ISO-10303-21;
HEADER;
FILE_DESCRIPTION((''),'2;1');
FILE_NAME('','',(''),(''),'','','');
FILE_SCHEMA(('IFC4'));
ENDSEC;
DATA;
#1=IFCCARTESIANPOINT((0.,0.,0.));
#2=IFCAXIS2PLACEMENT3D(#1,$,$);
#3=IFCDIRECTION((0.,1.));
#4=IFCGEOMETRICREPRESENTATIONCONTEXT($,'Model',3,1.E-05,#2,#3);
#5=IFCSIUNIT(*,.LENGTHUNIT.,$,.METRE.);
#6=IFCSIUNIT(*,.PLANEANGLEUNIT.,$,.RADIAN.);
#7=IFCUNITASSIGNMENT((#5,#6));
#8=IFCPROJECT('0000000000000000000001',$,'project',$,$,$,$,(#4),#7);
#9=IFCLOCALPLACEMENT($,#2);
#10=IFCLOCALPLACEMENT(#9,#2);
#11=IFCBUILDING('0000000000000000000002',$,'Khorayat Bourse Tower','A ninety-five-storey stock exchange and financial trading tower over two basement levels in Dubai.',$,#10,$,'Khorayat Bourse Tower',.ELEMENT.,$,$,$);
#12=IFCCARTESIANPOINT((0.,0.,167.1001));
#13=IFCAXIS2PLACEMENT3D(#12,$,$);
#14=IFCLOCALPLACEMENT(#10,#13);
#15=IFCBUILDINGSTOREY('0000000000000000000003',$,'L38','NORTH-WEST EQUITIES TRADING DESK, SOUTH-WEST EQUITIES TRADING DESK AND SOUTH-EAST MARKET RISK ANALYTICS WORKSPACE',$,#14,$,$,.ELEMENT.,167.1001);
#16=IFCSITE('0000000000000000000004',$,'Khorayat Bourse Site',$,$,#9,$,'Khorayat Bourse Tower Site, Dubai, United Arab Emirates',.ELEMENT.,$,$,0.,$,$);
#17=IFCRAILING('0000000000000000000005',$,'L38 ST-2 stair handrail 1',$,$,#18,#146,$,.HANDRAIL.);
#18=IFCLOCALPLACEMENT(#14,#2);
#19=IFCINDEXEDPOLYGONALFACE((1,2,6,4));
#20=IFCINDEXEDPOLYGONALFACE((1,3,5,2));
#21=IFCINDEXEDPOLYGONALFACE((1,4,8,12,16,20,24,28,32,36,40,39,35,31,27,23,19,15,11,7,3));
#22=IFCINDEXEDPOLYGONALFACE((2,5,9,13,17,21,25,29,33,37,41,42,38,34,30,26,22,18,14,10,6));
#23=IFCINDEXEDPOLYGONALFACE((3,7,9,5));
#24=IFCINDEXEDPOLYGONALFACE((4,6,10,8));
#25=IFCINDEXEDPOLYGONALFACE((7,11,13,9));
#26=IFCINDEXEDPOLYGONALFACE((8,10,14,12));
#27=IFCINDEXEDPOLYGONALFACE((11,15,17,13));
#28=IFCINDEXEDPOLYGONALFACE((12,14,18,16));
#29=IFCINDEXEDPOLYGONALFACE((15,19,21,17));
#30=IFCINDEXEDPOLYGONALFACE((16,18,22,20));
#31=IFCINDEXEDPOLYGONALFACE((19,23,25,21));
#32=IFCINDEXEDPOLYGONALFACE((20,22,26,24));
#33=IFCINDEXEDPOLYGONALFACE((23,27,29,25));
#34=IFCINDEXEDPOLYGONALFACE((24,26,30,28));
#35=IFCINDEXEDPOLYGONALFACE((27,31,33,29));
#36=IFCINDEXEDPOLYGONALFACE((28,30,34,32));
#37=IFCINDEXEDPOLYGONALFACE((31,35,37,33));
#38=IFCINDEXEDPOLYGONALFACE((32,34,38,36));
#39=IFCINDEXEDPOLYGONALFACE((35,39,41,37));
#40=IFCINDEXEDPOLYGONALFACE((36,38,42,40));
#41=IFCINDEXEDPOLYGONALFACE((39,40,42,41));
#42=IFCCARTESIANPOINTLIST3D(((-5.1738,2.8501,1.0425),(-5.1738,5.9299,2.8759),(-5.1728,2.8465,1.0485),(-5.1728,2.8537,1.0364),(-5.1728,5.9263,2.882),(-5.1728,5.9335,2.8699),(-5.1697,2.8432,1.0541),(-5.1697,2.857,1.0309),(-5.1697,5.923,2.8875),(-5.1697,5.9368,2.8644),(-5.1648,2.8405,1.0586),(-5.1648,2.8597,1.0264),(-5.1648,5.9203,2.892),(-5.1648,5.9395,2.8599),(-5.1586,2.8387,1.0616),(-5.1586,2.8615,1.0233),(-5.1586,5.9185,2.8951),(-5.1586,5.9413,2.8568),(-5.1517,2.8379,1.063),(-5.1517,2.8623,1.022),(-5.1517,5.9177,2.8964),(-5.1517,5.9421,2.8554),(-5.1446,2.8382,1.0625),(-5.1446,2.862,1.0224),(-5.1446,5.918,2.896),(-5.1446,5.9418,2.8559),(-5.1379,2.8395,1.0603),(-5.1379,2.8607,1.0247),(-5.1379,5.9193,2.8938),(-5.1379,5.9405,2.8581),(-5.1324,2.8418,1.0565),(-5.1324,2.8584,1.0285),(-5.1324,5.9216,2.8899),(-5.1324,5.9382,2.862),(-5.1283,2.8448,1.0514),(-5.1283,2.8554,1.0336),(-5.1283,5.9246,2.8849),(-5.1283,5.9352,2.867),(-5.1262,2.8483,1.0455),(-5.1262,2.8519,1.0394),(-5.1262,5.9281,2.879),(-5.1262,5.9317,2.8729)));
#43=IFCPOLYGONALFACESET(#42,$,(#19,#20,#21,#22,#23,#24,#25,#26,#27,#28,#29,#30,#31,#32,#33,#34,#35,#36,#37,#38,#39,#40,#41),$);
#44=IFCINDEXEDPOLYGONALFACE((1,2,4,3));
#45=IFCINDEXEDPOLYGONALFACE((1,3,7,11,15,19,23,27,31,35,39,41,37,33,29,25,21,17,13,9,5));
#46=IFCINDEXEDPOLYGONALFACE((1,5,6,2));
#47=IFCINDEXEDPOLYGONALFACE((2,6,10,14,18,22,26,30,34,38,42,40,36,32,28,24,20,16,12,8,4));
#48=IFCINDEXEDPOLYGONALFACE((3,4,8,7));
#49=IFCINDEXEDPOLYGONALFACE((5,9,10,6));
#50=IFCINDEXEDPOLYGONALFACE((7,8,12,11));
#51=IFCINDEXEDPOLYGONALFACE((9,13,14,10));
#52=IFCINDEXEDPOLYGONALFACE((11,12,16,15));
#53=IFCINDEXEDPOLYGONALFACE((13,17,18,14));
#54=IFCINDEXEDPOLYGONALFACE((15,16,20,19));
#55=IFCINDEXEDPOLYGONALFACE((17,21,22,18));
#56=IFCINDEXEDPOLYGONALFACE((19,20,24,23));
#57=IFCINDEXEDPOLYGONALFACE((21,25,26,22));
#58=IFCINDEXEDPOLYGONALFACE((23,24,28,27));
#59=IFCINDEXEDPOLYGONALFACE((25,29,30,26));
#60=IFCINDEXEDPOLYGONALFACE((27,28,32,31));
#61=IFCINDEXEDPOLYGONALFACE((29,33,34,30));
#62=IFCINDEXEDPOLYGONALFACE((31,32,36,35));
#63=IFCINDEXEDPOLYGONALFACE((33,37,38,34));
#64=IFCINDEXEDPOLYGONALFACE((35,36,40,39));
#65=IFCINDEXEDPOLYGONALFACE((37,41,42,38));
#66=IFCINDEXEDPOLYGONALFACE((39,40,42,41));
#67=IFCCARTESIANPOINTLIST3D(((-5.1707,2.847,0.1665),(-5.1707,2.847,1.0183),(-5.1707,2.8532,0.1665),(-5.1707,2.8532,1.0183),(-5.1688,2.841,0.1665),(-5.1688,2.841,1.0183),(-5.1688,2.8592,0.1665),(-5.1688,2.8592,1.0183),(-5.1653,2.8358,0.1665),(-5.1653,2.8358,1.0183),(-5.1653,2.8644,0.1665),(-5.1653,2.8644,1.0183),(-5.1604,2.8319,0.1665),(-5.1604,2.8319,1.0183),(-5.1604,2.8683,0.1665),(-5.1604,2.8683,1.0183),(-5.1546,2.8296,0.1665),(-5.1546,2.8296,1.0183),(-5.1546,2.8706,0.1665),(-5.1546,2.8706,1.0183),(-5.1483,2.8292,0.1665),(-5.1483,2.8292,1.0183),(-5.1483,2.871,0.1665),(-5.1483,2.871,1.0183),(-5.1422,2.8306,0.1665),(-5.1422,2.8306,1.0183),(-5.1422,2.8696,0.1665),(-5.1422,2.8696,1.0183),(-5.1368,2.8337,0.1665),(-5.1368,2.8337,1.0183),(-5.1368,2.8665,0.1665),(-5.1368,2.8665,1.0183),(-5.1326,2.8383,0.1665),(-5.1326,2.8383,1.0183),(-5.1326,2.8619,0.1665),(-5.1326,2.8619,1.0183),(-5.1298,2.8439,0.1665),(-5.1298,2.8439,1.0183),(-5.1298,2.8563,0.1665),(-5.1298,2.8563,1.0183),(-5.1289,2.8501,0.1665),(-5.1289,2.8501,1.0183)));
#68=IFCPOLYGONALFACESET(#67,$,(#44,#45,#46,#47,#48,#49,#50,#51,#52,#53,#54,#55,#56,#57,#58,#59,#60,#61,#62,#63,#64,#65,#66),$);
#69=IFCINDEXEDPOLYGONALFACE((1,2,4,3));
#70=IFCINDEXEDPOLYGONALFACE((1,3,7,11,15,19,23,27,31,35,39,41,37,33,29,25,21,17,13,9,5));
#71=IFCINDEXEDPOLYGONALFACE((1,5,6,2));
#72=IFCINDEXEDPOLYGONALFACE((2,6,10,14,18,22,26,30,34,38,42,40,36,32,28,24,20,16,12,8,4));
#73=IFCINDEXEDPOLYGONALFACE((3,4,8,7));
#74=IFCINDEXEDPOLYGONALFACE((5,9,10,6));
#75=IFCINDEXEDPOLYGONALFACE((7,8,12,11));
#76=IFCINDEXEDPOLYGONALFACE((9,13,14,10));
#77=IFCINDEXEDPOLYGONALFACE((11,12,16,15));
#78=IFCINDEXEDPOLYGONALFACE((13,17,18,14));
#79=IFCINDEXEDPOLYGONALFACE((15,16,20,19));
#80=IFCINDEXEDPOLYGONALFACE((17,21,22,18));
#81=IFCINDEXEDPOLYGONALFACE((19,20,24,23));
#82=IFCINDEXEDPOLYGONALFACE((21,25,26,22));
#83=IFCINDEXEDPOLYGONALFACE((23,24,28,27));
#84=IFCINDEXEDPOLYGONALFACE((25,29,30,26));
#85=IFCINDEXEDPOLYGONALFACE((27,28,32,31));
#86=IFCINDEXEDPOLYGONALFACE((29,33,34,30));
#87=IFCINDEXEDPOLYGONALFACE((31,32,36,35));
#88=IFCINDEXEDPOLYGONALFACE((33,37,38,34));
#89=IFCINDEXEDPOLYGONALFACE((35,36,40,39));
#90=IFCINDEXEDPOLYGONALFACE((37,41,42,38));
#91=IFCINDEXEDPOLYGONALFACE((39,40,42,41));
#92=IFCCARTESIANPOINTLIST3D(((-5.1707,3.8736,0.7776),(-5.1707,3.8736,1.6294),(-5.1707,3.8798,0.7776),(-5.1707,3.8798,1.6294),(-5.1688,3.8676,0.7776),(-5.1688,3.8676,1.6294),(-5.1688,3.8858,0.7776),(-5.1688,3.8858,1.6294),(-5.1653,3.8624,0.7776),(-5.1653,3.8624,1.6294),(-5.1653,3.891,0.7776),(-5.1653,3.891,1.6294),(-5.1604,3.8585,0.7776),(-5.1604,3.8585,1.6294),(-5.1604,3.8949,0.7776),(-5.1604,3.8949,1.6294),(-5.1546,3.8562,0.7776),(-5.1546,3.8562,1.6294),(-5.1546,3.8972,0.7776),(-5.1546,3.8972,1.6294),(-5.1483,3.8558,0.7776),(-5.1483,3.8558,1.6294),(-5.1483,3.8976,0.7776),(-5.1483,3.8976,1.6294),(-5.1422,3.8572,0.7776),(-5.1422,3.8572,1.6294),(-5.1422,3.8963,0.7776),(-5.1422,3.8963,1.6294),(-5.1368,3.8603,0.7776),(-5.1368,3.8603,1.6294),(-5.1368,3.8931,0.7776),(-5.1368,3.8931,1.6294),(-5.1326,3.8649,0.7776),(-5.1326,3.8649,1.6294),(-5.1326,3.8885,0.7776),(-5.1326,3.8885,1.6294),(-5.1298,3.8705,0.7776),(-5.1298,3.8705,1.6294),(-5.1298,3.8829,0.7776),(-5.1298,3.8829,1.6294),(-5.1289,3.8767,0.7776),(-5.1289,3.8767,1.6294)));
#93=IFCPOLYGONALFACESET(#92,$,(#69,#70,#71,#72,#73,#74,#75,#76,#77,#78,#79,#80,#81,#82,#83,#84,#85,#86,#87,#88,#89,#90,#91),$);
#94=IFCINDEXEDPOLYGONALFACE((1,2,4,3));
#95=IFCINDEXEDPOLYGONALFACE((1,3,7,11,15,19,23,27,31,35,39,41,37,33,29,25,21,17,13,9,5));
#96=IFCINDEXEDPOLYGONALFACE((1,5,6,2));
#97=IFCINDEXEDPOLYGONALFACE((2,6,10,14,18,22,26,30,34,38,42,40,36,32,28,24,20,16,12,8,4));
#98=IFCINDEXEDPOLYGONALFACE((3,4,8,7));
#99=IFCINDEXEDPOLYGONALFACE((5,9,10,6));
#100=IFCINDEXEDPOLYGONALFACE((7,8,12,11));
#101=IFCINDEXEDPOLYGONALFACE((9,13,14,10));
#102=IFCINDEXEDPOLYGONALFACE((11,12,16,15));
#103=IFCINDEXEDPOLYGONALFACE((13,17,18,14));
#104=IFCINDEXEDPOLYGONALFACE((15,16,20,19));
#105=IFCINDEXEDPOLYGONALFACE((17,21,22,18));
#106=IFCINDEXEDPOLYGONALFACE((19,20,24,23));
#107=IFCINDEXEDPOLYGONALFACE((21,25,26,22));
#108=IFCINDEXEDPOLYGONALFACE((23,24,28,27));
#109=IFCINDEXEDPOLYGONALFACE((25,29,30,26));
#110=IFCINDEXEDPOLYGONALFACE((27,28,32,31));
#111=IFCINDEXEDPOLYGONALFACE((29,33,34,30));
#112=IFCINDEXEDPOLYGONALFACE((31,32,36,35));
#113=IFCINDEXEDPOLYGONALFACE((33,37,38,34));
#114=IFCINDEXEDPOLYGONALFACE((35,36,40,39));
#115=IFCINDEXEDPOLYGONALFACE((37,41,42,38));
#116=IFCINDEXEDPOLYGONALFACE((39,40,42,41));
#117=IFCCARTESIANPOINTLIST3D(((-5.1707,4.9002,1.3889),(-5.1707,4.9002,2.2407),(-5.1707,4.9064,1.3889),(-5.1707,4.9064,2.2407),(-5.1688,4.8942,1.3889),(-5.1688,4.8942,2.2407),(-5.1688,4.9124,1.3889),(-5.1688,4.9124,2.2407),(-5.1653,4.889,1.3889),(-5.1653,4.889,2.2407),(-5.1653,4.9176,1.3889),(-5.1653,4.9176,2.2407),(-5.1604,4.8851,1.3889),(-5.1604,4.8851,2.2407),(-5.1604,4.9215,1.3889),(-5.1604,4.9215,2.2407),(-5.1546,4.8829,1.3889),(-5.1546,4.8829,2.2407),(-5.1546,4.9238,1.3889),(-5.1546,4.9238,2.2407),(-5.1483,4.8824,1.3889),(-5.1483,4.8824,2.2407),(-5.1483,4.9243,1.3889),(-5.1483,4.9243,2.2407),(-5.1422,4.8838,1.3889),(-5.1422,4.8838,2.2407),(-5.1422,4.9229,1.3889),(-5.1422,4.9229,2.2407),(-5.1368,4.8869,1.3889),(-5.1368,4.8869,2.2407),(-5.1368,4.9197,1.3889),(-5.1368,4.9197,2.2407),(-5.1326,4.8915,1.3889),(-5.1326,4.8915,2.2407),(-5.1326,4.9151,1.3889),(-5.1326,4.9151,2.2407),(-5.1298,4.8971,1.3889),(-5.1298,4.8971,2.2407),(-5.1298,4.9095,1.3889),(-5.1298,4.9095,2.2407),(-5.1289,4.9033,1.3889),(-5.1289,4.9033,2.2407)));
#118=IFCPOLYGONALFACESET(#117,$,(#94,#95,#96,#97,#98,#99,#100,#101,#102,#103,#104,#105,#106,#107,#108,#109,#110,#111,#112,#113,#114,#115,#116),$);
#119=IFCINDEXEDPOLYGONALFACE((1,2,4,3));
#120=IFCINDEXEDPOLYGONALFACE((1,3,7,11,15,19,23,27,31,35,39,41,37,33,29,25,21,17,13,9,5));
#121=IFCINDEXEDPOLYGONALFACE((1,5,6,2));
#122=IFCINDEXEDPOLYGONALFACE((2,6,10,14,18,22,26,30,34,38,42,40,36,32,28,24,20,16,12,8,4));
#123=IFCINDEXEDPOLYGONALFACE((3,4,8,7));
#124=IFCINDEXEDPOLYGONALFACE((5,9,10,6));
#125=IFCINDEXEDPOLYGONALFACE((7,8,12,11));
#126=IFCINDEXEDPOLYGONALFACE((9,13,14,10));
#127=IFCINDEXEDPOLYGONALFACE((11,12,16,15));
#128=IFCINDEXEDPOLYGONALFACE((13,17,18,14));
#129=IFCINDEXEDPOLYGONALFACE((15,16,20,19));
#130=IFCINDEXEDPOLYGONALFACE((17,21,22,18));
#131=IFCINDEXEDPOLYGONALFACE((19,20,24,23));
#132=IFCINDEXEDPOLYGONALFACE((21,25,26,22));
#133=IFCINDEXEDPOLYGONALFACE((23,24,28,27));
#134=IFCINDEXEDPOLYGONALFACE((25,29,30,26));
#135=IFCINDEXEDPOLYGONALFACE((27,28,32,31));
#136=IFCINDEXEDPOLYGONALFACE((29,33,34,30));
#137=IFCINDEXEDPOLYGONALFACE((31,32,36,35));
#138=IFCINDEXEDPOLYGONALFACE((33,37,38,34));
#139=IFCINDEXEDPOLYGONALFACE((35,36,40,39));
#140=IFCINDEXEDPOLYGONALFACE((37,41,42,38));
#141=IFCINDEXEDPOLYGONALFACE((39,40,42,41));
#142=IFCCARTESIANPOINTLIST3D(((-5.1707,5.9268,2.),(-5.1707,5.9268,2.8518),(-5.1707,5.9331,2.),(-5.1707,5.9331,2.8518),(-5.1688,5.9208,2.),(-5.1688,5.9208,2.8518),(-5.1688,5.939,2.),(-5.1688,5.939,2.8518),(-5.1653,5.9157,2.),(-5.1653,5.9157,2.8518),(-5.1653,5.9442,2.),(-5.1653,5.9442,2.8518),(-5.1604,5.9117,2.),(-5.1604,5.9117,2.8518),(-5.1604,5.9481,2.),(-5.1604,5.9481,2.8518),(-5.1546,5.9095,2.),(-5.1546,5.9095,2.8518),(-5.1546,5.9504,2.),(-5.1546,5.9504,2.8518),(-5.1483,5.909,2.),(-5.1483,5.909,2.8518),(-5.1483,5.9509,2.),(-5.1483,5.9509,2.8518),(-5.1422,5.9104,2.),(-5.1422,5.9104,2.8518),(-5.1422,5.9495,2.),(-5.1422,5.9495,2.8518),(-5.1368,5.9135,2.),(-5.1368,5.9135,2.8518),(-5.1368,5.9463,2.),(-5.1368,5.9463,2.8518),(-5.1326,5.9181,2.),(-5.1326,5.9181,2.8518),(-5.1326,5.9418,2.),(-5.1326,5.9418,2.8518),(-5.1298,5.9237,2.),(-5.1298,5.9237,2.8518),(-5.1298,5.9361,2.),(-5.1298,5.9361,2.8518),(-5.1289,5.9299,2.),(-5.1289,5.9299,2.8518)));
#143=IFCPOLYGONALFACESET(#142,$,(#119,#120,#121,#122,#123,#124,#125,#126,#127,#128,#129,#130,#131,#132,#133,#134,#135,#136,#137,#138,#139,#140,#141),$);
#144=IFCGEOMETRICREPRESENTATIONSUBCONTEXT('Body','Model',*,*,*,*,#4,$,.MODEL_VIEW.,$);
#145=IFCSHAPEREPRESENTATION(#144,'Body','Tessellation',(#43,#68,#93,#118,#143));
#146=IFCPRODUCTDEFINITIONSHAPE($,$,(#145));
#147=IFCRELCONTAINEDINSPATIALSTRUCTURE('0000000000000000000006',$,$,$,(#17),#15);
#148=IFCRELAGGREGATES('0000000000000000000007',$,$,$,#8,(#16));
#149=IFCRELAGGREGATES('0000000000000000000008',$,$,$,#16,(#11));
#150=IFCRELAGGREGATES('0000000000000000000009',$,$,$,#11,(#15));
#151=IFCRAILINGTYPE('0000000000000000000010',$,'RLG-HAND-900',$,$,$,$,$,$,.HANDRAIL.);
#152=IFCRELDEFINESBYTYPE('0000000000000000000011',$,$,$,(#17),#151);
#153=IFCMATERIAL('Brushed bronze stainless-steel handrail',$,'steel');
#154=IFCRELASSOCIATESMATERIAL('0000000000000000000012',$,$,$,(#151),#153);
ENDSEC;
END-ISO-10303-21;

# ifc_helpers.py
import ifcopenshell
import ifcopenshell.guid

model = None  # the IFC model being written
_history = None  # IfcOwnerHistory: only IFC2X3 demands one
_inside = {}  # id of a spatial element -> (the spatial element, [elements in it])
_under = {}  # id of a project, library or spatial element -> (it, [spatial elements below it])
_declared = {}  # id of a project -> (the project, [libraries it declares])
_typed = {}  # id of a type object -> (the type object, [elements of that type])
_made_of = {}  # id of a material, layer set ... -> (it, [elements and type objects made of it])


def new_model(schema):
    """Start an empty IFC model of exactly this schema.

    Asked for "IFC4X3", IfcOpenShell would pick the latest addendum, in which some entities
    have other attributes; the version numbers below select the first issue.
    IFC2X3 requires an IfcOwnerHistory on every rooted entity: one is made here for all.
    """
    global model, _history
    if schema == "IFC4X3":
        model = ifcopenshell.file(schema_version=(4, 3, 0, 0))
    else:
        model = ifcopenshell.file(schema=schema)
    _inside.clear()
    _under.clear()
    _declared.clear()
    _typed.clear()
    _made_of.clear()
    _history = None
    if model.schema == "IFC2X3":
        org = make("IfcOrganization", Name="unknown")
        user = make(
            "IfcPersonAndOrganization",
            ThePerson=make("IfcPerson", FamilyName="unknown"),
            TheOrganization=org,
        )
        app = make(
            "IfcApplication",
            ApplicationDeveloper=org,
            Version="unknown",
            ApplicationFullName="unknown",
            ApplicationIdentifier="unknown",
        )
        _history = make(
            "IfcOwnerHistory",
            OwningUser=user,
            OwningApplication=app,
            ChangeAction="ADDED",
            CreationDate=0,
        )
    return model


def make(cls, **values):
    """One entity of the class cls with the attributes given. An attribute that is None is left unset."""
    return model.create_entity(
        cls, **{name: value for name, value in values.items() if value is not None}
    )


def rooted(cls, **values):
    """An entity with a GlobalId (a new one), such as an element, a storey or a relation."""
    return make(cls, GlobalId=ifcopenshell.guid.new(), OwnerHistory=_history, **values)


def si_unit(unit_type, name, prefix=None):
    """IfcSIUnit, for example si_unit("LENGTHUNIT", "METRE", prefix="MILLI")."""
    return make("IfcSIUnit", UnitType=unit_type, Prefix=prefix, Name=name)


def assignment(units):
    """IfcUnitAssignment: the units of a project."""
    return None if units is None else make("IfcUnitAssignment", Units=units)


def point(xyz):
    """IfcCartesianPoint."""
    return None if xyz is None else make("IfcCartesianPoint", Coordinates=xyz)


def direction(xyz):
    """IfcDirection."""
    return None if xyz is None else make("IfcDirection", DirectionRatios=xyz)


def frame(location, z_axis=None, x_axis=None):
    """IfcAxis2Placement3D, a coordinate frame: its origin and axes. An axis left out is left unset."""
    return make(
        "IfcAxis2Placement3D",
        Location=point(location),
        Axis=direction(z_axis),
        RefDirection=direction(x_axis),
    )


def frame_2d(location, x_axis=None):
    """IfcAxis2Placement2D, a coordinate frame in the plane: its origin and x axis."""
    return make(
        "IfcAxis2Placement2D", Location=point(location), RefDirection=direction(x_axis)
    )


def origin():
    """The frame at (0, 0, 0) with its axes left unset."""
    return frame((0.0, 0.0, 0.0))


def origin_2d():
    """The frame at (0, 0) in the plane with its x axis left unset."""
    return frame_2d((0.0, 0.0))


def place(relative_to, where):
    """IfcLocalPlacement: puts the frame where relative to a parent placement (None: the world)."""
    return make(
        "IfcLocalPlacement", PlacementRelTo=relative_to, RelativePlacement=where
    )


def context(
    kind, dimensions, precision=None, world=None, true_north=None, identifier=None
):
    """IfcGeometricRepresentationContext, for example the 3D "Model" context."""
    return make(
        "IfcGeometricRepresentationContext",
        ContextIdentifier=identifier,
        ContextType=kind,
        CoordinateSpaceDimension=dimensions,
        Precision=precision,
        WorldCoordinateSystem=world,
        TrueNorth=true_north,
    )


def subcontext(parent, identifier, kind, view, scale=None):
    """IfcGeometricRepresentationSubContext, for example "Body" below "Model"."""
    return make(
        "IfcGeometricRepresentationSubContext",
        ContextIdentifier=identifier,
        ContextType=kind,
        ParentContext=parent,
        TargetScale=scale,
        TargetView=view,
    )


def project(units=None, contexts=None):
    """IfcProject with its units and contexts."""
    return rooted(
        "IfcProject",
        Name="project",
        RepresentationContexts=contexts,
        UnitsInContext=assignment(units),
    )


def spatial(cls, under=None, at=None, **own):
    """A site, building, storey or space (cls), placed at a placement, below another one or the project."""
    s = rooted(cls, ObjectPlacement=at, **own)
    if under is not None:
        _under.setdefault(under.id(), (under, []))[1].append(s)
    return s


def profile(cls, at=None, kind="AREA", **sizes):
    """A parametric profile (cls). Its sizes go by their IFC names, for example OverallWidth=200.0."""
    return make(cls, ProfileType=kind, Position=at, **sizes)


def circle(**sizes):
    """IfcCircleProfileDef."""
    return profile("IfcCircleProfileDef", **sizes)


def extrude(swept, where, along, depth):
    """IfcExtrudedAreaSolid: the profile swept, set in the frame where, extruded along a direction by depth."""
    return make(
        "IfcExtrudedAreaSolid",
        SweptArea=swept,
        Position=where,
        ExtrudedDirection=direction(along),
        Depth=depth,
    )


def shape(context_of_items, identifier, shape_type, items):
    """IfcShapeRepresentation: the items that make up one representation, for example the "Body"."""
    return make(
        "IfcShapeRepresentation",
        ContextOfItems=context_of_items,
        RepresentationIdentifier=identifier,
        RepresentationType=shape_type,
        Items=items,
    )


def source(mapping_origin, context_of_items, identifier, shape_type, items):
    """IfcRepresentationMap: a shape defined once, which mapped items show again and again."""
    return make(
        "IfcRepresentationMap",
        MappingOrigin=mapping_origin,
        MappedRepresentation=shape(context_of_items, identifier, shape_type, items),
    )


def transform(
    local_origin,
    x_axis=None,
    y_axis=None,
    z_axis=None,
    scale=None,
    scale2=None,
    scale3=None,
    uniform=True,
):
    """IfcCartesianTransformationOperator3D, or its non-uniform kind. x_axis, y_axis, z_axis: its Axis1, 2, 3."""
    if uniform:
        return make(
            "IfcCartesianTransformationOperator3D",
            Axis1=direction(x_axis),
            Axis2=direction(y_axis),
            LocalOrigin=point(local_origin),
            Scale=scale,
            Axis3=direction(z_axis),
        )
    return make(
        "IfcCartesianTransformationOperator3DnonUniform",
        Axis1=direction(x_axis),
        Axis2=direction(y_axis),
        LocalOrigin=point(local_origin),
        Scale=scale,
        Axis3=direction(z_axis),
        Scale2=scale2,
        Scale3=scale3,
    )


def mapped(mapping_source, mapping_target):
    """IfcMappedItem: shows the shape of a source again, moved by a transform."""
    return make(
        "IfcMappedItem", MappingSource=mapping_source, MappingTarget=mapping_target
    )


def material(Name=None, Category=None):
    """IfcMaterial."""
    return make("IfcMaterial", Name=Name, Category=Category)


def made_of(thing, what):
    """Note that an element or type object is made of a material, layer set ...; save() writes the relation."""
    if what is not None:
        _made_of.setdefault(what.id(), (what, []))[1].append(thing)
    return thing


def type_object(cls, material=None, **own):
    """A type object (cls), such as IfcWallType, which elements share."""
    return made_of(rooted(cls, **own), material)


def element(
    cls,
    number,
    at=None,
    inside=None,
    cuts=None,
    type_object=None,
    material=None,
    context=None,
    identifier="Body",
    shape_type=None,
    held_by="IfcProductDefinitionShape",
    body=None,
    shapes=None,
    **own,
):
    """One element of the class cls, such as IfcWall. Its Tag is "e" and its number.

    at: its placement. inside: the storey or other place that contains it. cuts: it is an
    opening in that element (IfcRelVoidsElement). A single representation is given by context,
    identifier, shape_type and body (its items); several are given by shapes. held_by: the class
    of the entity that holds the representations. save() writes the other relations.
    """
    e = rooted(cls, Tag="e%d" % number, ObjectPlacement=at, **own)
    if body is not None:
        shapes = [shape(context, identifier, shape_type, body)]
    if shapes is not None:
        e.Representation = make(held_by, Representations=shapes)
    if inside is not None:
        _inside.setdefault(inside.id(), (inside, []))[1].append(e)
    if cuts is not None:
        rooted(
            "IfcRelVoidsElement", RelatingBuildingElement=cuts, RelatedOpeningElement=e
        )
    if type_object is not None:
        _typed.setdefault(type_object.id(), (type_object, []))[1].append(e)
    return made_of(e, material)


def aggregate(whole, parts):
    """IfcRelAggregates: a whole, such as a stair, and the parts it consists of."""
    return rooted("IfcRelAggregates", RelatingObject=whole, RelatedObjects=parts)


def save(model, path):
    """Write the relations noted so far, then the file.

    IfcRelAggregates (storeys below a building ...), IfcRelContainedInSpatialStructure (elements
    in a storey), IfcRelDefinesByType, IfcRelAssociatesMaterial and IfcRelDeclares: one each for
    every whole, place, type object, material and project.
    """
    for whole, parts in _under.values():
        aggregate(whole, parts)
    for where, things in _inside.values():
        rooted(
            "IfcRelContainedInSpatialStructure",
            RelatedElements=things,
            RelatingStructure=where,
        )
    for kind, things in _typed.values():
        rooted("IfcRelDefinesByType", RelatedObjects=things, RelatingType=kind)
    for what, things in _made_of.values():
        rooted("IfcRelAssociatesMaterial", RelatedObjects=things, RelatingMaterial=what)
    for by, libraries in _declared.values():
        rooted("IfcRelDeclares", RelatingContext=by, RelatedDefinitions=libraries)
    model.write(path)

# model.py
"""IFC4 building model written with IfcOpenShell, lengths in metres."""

from ifc_helpers import new_model, si_unit, direction, frame, origin, origin_2d, place, context, subcontext, project, spatial, circle, extrude, source, transform, mapped, material, type_object, element, save


model = new_model("IFC4")

# Units and contexts
model_context = context("Model", 3, precision=1e-05, world=origin(), true_north=direction((0.0, 1.0)))
body_context = subcontext(model_context, "Body", "Model", "MODEL_VIEW")
ifc_project = project(units=[si_unit("LENGTHUNIT", "METRE"), si_unit("PLANEANGLEUNIT", "RADIAN")], contexts=[model_context])

# Site, building, storey
site_placement = place(None, origin())
site = spatial("IfcSite", under=ifc_project, at=site_placement, Name="Khorayat Bourse Site", LongName="Khorayat Bourse Tower Site, Dubai, United Arab Emirates", CompositionType="ELEMENT", RefElevation=0.0)
building_placement = place(site_placement, origin())
building = spatial("IfcBuilding", under=site, at=building_placement, Name="Khorayat Bourse Tower", Description="A ninety-five-storey stock exchange and financial trading tower over two basement levels in Dubai.", LongName="Khorayat Bourse Tower", CompositionType="ELEMENT")
storey_placement = place(building_placement, frame((0.0, 0.0, 167.1001)))
storey = spatial("IfcBuildingStorey", under=building, at=storey_placement, Name="L38", Description="NORTH-WEST EQUITIES TRADING DESK, SOUTH-WEST EQUITIES TRADING DESK AND SOUTH-EAST MARKET RISK ANALYTICS WORKSPACE", CompositionType="ELEMENT", Elevation=167.1001)

# Railing
ifc_material_1 = material(Name="Brushed bronze stainless-steel handrail", Category="steel")
railing_type_1 = type_object("IfcRailingType", Name="RLG-HAND-900", PredefinedType="HANDRAIL", material=ifc_material_1)
shared_shape_1 = source(origin(), body_context, "Body", "SweptSolid", [
    extrude(circle(Radius=0.0239, at=origin_2d()), frame((0.0, 0.0, 0.876), z_axis=(0.0, 0.859261, 0.511538), x_axis=(-1.0, 0.0, 0.0)), (0.0, 0.0, 1.0), 3.5842),
    extrude(circle(Radius=0.021, at=origin_2d()), origin(), (0.0, 0.0, 1.0), 0.8518),
    extrude(circle(Radius=0.021, at=origin_2d()), frame((0.0, 1.0266, 0.6111)), (0.0, 0.0, 1.0), 0.8518),
    extrude(circle(Radius=0.021, at=origin_2d()), frame((0.0, 2.0532, 1.2224)), (0.0, 0.0, 1.0), 0.8518),
    extrude(circle(Radius=0.021, at=origin_2d()), frame((0.0, 3.0798, 1.8335)), (0.0, 0.0, 1.0), 0.8518),
])
railing_1_placement = place(storey_placement, frame((-5.1499, 2.8501, 0.1665)))
element("IfcRailing", 1, at=railing_1_placement, inside=storey, type_object=railing_type_1, Name="L38 ST-2 stair handrail 1", PredefinedType="HANDRAIL", context=body_context, shape_type="MappedRepresentation", body=[
    mapped(shared_shape_1, transform((0.0, 0.0, 0.0), scale=1.0)),
])

save(model, "model.ifc")
